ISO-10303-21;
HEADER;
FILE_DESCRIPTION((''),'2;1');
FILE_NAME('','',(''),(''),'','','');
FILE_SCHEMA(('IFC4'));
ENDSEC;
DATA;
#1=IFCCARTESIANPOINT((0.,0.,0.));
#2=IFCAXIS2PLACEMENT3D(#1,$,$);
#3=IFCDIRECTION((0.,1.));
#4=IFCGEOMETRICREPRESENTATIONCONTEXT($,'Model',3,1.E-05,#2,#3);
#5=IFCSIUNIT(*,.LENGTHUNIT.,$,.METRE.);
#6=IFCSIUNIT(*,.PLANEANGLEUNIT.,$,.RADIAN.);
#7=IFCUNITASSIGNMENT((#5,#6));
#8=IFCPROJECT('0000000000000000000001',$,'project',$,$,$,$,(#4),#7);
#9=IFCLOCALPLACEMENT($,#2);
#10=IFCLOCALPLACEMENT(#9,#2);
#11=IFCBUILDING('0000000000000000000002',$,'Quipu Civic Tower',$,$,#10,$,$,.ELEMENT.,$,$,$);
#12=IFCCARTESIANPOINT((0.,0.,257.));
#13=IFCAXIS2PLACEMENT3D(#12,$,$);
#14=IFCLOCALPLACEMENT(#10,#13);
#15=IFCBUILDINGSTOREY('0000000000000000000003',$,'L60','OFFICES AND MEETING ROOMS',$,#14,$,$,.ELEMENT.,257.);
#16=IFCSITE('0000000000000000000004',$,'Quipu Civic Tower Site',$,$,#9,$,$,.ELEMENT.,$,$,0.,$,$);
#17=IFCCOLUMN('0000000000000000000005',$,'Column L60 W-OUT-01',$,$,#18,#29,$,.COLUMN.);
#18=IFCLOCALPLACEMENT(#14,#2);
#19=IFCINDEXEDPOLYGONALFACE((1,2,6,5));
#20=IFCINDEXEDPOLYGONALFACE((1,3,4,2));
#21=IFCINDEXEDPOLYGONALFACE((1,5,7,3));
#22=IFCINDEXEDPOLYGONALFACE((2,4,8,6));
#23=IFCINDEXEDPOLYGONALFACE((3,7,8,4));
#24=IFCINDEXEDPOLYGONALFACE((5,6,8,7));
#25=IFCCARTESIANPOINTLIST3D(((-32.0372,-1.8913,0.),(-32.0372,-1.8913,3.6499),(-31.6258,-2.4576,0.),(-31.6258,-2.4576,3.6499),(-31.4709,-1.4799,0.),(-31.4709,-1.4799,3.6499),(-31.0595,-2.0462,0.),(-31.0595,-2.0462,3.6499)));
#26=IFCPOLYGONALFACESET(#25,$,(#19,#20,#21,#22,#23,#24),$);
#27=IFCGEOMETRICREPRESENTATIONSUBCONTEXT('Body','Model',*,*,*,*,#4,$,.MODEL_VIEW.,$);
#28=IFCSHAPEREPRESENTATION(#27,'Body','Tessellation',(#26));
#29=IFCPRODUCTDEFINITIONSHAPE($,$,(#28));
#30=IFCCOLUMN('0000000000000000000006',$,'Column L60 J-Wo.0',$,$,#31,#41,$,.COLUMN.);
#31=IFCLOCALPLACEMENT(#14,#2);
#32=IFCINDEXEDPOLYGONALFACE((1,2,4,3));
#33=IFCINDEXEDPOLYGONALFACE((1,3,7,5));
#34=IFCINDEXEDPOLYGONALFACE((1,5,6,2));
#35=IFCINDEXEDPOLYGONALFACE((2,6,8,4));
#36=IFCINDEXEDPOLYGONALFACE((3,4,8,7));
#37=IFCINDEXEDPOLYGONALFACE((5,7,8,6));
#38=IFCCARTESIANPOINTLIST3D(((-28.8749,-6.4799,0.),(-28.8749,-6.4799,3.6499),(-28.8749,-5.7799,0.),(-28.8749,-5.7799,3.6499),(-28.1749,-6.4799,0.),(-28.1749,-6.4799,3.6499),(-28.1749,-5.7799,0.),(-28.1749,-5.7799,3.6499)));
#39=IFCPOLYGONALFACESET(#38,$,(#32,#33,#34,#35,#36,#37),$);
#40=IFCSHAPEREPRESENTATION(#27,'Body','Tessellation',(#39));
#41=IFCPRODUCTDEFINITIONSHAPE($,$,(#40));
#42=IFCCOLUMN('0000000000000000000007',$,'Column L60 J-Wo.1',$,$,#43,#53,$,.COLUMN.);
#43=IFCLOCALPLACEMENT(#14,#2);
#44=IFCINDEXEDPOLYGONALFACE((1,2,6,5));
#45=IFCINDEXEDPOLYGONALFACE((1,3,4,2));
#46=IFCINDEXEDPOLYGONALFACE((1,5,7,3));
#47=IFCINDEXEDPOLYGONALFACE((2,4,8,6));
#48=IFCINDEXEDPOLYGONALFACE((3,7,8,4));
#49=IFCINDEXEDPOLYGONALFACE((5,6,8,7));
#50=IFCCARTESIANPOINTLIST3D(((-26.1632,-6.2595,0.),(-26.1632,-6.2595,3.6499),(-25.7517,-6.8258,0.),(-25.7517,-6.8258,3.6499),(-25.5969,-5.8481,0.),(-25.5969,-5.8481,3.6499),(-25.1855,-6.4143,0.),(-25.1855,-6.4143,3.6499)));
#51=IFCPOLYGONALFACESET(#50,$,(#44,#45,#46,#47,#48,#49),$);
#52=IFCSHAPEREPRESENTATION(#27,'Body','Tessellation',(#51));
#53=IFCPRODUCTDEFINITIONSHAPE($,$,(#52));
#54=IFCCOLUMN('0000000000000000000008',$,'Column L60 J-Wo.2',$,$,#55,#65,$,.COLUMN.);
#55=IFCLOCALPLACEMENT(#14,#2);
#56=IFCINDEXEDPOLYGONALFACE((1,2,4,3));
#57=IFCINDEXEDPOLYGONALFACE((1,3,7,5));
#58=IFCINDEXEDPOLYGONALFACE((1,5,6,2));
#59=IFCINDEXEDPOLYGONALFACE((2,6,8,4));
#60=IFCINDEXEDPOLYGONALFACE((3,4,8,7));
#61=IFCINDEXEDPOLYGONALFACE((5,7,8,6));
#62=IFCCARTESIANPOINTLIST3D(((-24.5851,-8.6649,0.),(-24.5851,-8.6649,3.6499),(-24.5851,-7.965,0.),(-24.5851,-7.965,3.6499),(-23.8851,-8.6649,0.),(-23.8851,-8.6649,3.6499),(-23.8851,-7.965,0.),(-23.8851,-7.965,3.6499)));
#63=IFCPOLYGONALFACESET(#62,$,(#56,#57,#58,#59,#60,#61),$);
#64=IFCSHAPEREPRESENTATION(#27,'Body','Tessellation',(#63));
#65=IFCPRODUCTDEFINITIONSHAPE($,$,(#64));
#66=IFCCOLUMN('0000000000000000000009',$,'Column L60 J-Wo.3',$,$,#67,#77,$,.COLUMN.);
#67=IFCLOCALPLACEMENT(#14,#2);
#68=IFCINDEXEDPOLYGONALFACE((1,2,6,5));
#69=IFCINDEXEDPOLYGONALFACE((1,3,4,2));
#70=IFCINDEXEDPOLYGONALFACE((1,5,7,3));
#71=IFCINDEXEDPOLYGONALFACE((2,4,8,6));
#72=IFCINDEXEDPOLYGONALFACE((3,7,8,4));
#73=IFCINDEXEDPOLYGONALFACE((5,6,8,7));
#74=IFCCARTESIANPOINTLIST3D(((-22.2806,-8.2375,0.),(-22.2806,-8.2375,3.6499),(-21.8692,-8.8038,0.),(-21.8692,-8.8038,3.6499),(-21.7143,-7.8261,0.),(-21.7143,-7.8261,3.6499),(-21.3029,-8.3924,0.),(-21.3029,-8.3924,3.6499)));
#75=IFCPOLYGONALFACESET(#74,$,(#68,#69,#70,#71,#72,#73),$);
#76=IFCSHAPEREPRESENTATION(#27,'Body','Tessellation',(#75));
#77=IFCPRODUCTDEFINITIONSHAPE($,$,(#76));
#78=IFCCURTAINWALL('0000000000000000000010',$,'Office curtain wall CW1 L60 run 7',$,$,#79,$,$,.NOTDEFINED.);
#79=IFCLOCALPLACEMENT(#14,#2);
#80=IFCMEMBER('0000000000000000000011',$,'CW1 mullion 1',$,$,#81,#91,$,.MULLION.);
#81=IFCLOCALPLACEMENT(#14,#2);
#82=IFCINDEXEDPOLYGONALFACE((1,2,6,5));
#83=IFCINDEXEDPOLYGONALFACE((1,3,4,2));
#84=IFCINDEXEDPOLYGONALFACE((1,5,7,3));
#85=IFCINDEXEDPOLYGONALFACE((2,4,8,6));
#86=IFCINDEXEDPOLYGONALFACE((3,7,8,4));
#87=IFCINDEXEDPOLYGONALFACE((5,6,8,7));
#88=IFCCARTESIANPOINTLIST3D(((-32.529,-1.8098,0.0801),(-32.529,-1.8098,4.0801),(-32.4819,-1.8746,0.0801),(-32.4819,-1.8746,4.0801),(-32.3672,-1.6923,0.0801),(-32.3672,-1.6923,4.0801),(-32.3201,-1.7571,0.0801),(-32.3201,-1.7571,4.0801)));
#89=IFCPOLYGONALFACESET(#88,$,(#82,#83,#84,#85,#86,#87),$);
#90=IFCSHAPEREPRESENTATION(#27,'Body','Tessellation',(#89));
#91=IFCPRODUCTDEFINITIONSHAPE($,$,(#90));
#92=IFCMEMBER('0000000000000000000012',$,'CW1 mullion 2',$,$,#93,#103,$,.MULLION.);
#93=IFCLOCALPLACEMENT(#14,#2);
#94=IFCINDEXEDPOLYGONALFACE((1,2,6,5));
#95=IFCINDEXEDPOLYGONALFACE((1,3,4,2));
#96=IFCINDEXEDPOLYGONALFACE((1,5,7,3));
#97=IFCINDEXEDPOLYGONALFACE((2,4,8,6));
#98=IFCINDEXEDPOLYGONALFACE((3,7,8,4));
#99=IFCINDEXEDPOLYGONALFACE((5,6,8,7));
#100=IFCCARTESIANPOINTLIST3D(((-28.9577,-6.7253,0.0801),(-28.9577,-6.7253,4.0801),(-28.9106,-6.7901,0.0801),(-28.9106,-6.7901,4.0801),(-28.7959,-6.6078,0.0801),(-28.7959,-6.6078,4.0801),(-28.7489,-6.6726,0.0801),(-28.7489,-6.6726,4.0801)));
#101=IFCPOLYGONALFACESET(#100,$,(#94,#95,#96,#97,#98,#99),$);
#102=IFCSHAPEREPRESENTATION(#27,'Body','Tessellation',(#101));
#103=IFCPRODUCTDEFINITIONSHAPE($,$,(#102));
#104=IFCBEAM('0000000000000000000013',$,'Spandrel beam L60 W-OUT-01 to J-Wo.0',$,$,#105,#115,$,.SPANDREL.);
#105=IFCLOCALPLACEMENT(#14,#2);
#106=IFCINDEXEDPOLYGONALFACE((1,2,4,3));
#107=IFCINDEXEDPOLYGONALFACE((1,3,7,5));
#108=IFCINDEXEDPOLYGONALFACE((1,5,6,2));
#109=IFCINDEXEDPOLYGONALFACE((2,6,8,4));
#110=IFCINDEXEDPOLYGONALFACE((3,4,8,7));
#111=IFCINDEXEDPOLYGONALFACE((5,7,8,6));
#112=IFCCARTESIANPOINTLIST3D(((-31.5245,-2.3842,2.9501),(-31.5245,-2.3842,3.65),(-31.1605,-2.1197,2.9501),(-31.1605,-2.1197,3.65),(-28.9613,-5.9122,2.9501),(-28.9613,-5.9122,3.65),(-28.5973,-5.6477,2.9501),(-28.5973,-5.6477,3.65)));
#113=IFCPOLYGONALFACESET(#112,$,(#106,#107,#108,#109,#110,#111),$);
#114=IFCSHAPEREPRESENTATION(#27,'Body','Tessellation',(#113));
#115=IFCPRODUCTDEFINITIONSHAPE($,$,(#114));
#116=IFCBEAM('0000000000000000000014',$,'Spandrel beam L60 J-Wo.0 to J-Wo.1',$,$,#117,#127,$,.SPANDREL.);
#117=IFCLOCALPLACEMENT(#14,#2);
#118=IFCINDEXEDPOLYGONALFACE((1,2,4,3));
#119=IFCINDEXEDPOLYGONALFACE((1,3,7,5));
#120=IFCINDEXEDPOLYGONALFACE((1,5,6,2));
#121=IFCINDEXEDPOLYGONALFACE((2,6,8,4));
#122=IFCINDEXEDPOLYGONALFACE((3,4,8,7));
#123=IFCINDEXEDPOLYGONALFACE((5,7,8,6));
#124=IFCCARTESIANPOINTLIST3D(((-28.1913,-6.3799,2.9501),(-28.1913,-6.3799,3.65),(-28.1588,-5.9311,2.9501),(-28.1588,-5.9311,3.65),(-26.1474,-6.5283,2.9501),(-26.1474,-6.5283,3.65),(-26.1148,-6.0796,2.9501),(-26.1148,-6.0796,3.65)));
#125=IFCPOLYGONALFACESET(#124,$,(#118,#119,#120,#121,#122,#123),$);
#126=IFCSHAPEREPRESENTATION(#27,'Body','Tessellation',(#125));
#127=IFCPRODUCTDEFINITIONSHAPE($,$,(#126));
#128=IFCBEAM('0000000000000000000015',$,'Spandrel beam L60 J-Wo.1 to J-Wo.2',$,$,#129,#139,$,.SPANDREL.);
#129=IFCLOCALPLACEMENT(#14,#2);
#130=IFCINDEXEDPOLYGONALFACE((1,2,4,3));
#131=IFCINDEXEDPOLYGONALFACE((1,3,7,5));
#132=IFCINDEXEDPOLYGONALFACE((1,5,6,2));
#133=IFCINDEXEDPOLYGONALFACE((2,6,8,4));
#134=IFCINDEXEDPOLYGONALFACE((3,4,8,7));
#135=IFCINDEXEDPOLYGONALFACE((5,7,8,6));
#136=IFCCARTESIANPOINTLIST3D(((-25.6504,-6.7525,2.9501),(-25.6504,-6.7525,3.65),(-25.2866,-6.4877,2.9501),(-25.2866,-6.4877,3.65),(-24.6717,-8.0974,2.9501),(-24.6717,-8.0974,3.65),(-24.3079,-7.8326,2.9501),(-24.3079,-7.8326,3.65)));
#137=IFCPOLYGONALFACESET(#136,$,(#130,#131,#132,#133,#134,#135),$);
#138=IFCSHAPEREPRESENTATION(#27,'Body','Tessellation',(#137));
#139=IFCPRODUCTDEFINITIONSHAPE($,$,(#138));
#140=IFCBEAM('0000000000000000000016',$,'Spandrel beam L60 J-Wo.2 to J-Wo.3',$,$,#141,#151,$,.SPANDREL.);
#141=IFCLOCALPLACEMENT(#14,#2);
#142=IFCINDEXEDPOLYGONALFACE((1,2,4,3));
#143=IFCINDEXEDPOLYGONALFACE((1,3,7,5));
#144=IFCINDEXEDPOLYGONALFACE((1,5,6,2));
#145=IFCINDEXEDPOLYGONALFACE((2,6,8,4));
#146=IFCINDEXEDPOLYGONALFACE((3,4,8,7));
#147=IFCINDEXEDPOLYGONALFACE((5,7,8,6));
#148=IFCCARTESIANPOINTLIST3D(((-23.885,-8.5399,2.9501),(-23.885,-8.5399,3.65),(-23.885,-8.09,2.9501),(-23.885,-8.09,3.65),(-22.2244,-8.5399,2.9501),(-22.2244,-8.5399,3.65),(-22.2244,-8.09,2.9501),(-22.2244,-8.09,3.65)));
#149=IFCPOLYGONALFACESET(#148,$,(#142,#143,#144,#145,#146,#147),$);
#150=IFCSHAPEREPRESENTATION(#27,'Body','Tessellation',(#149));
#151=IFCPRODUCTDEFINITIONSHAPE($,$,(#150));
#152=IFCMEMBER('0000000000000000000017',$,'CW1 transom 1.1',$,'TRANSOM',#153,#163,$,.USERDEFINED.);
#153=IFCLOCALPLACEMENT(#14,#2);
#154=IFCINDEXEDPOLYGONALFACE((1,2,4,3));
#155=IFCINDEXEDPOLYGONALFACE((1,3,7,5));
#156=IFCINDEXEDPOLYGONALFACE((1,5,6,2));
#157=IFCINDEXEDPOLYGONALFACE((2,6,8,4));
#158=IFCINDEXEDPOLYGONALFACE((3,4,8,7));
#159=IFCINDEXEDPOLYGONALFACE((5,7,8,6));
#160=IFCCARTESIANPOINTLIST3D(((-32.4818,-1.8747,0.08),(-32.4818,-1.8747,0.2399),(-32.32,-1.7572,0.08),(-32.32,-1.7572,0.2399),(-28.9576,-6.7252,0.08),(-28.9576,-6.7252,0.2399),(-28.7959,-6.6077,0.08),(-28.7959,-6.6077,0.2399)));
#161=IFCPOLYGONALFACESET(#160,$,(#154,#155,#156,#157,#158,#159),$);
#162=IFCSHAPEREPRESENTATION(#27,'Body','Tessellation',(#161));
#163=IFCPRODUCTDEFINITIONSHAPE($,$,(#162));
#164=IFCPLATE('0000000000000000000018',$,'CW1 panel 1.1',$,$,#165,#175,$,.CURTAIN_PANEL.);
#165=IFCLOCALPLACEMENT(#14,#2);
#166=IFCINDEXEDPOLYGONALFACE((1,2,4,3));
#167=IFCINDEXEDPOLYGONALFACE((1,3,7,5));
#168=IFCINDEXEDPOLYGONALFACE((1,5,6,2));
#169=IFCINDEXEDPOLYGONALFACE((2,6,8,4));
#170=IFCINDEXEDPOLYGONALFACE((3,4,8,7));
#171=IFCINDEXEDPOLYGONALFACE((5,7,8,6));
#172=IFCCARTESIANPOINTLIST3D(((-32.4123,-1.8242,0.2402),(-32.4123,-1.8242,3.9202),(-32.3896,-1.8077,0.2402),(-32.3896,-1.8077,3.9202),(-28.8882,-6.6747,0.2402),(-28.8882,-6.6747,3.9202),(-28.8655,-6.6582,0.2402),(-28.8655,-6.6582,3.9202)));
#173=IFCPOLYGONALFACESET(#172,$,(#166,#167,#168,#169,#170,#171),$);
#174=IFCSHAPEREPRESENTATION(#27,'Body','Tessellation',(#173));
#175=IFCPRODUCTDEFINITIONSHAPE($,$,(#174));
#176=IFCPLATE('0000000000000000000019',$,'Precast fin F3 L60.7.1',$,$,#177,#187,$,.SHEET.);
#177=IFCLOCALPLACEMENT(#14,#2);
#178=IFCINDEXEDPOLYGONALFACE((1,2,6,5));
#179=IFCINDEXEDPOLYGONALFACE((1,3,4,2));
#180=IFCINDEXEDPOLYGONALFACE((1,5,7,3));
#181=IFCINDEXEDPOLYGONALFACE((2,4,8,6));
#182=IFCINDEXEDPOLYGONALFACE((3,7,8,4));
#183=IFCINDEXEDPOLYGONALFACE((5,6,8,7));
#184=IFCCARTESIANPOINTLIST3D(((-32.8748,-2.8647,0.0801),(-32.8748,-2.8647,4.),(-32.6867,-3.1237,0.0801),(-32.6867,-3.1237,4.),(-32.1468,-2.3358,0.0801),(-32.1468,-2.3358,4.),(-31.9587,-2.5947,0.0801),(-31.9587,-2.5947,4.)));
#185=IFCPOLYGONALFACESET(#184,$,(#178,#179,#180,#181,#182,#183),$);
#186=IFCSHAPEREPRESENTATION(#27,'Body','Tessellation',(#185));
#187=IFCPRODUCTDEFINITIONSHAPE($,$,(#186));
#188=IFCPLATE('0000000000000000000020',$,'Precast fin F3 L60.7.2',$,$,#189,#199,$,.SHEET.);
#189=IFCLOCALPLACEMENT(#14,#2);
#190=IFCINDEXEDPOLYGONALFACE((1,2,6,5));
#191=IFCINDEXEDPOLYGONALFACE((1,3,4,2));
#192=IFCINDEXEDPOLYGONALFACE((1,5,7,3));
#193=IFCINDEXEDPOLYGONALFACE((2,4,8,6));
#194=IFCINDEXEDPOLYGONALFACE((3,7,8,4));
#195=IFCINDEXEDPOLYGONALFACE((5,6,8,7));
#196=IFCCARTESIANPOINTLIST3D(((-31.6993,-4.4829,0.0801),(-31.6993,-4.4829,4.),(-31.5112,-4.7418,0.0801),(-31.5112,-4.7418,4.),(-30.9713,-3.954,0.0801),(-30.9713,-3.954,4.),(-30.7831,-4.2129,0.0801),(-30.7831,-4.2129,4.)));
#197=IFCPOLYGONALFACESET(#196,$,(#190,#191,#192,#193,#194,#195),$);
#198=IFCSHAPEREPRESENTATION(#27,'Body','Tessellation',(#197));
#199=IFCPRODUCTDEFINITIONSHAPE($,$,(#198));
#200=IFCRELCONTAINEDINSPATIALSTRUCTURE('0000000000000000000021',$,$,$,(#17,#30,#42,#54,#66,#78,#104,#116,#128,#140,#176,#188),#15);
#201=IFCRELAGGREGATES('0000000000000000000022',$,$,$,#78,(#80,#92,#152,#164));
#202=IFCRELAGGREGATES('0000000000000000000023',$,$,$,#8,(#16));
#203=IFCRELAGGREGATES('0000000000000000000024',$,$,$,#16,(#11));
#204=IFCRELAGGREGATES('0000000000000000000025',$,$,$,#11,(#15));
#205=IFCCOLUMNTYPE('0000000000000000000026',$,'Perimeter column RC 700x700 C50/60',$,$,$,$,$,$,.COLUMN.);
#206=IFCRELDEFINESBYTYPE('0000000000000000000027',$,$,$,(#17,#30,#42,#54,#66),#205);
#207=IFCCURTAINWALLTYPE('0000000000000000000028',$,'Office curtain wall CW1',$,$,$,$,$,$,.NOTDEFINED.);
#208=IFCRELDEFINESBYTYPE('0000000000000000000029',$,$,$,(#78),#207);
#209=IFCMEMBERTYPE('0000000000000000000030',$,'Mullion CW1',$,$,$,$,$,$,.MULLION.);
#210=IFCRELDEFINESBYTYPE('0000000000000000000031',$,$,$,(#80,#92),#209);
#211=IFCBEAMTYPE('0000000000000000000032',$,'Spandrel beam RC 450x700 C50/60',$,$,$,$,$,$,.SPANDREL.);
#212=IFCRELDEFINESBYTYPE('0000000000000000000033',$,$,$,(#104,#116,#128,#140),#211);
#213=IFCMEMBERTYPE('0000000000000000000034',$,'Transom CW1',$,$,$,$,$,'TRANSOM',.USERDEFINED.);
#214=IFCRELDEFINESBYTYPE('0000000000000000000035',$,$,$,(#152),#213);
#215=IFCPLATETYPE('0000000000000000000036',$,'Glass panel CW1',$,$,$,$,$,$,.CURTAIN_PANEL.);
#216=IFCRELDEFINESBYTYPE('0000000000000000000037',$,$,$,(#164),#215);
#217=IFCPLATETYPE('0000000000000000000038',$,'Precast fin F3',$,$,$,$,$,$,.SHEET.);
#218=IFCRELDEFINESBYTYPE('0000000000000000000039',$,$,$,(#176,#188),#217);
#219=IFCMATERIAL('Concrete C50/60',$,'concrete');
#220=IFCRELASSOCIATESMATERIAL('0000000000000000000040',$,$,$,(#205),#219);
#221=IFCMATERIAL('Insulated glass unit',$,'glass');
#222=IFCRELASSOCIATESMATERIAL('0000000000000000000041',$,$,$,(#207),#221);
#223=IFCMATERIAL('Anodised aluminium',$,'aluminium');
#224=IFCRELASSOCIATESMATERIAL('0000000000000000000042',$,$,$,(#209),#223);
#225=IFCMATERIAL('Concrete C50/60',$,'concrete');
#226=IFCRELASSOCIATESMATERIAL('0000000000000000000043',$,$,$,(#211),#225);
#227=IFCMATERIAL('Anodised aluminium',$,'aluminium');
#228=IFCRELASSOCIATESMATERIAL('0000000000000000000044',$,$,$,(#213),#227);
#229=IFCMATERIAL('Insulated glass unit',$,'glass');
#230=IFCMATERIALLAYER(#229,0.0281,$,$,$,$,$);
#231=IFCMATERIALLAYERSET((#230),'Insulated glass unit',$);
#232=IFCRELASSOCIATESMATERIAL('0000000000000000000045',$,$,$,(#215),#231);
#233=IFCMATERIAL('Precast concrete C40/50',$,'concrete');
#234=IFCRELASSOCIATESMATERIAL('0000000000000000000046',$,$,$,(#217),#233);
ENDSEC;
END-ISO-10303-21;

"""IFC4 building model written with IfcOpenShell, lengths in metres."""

from ifc_helpers import new_model, si_unit, direction, frame, origin, origin_2d, place, context, subcontext, project, spatial, rectangle, extrude, material, layer, layer_set, material_profile, profile_set, type_object, element, aggregate, save


model = new_model("IFC4")

# Units and contexts
model_context = context("Model", 3, precision=1e-05, world=origin(), true_north=direction((0.0, 1.0)))
body_context = subcontext(model_context, "Body", "Model", "MODEL_VIEW")
ifc_project = project(units=[si_unit("LENGTHUNIT", "METRE"), si_unit("PLANEANGLEUNIT", "RADIAN")], contexts=[model_context])

# Site, building, storey
site_placement = place(None, origin())
site = spatial("IfcSite", under=ifc_project, at=site_placement, Name="Quipu Civic Tower Site", CompositionType="ELEMENT", RefElevation=0.0)
building_placement = place(site_placement, origin())
building = spatial("IfcBuilding", under=site, at=building_placement, Name="Quipu Civic Tower", CompositionType="ELEMENT")
storey_placement = place(building_placement, frame((0.0, 0.0, 257.0)))
storey = spatial("IfcBuildingStorey", under=building, at=storey_placement, Name="L60", Description="OFFICES AND MEETING ROOMS", CompositionType="ELEMENT", Elevation=257.0)

# Columns
ifc_material_1 = material(Name="Concrete C50/60", Category="concrete")
ifc_material_profile_1 = material_profile(ifc_material_1, rectangle(XDim=0.7, YDim=0.7, at=origin_2d()), Name="RC700x700")
ifc_profile_set_1 = profile_set([ifc_material_profile_1], Name="Concrete C50/60")
column_type = type_object("IfcColumnType", Name="Perimeter column RC 700x700 C50/60", PredefinedType="COLUMN", material=ifc_profile_set_1)
for number, where, z_axis, x_axis, name in (
    (1, (-31.5483, -1.9688, 0.0), (0.0, 0.0, 1.0), (0.587785, -0.809017, 0.0), "Column L60 W-OUT-01"),
    (2, (-28.5249, -6.1299, 0.0), (0.0, 0.0, 1.0), (1.0, 0.0, 0.0), "Column L60 J-Wo.0"),
    (3, (-25.6743, -6.3369, 0.0), (0.0, 0.0, 1.0), (0.587785, -0.809017, 0.0), "Column L60 J-Wo.1"),
    (4, (-24.2351, -8.3149, 0.0), (0.0, 0.0, 1.0), (1.0, 0.0, 0.0), "Column L60 J-Wo.2"),
    (5, (-21.7917, -8.3149, 0.0), (0.0, 0.0, 1.0), (0.587785, -0.809017, 0.0), "Column L60 J-Wo.3"),
):
    element("IfcColumn", number, at=place(storey_placement, frame(where, z_axis=z_axis, x_axis=x_axis)), inside=storey, type_object=column_type, Name=name, PredefinedType="COLUMN", context=body_context, shape_type="SweptSolid", body=[
        extrude(rectangle(XDim=0.7, YDim=0.7, at=origin_2d()), origin(), (0.0, 0.0, 1.0), 3.6499),
    ])

# Curtain wall, members
ifc_material_2 = material(Name="Insulated glass unit", Category="glass")
curtain_wall_type = type_object("IfcCurtainWallType", Name="Office curtain wall CW1", PredefinedType="NOTDEFINED", material=ifc_material_2)
curtain_wall_placement = place(storey_placement, origin())
curtain_wall = element("IfcCurtainWall", 6, at=curtain_wall_placement, inside=storey, type_object=curtain_wall_type, Name="Office curtain wall CW1 L60 run 7", PredefinedType="NOTDEFINED")
ifc_material_3 = material(Name="Anodised aluminium", Category="aluminium")
ifc_material_profile_2 = material_profile(ifc_material_3, rectangle(XDim=0.2, YDim=0.0801, at=origin_2d()), Name="RECT 200x80")
ifc_profile_set_2 = profile_set([ifc_material_profile_2], Name="Anodised aluminium")
member_type_1 = type_object("IfcMemberType", Name="Mullion CW1", PredefinedType="MULLION", material=ifc_profile_set_2)
member_1_placement = place(storey_placement, frame((-32.4246, -1.7834, 0.0801), z_axis=(0.0, 0.0, 1.0), x_axis=(0.809021, 0.587779, 0.0)))
member_1 = element("IfcMember", 7, at=member_1_placement, type_object=member_type_1, Name="CW1 mullion 1", PredefinedType="MULLION", context=body_context, shape_type="SweptSolid", body=[
    extrude(rectangle(XDim=0.2, YDim=0.0801, at=origin_2d()), origin(), (0.0, 0.0, 1.0), 4.0),
])
member_2_placement = place(storey_placement, frame((-28.8533, -6.699, 0.0801), z_axis=(0.0, 0.0, 1.0), x_axis=(0.809021, 0.587779, 0.0)))
member_2 = element("IfcMember", 8, at=member_2_placement, type_object=member_type_1, Name="CW1 mullion 2", PredefinedType="MULLION", context=body_context, shape_type="SweptSolid", body=[
    extrude(rectangle(XDim=0.2, YDim=0.0801, at=origin_2d()), origin(), (0.0, 0.0, 1.0), 4.0),
])

# Beams
ifc_material_4 = material(Name="Concrete C50/60", Category="concrete")
ifc_material_profile_3 = material_profile(ifc_material_4, rectangle(XDim=0.45, YDim=0.7, at=origin_2d()), Name="RC450x700")
ifc_profile_set_3 = profile_set([ifc_material_profile_3], Name="Concrete C50/60")
beam_type = type_object("IfcBeamType", Name="Spandrel beam RC 450x700 C50/60", PredefinedType="SPANDREL", material=ifc_profile_set_3)
beam_1_placement = place(storey_placement, frame((-31.3425, -2.252, 3.3), z_axis=(0.587776, -0.809024, 0.0), x_axis=(0.809024, 0.587776, 0.0)))
element("IfcBeam", 9, at=beam_1_placement, inside=storey, type_object=beam_type, Name="Spandrel beam L60 W-OUT-01 to J-Wo.0", PredefinedType="SPANDREL", context=body_context, shape_type="SweptSolid", body=[
    extrude(rectangle(XDim=0.45, YDim=0.7, at=origin_2d()), origin(), (0.0, 0.0, 1.0), 4.3608),
])
beam_2_placement = place(storey_placement, frame((-28.175, -6.1555, 3.3), z_axis=(0.997373, -0.072432, 0.0), x_axis=(0.072432, 0.997373, 0.0)))
element("IfcBeam", 10, at=beam_2_placement, inside=storey, type_object=beam_type, Name="Spandrel beam L60 J-Wo.0 to J-Wo.1", PredefinedType="SPANDREL", context=body_context, shape_type="SweptSolid", body=[
    extrude(rectangle(XDim=0.45, YDim=0.7, at=origin_2d()), origin(), (0.0, 0.0, 1.0), 2.0493),
])
beam_3_placement = place(storey_placement, frame((-25.4685, -6.6201, 3.3), z_axis=(0.588407, -0.808565, 0.0), x_axis=(0.808565, 0.588407, 0.0)))
element("IfcBeam", 11, at=beam_3_placement, inside=storey, type_object=beam_type, Name="Spandrel beam L60 J-Wo.1 to J-Wo.2", PredefinedType="SPANDREL", context=body_context, shape_type="SweptSolid", body=[
    extrude(rectangle(XDim=0.45, YDim=0.7, at=origin_2d()), origin(), (0.0, 0.0, 1.0), 1.6633),
])
beam_4_placement = place(storey_placement, frame((-23.885, -8.3149, 3.3), z_axis=(1.0, 0.0, 0.0), x_axis=(0.0, 1.0, 0.0)))
element("IfcBeam", 12, at=beam_4_placement, inside=storey, type_object=beam_type, Name="Spandrel beam L60 J-Wo.2 to J-Wo.3", PredefinedType="SPANDREL", context=body_context, shape_type="SweptSolid", body=[
    extrude(rectangle(XDim=0.45, YDim=0.7, at=origin_2d()), origin(), (0.0, 0.0, 1.0), 1.6606),
])

# Member
ifc_material_5 = material(Name="Anodised aluminium", Category="aluminium")
ifc_material_profile_4 = material_profile(ifc_material_5, rectangle(XDim=0.2, YDim=0.1599, at=origin_2d()), Name="RECT 200x160")
ifc_profile_set_4 = profile_set([ifc_material_profile_4], Name="Anodised aluminium")
member_type_2 = type_object("IfcMemberType", Name="Transom CW1", ElementType="TRANSOM", PredefinedType="USERDEFINED", material=ifc_profile_set_4)
member_3_placement = place(storey_placement, frame((-32.4009, -1.8159, 0.1599), z_axis=(0.587787, -0.809016, 0.0), x_axis=(0.809016, 0.587787, 0.0)))
member_3 = element("IfcMember", 13, at=member_3_placement, type_object=member_type_2, Name="CW1 transom 1.1", ObjectType="TRANSOM", PredefinedType="USERDEFINED", context=body_context, shape_type="SweptSolid", body=[
    extrude(rectangle(XDim=0.2, YDim=0.1599, at=origin_2d()), origin(), (0.0, 0.0, 1.0), 5.9956),
])

# Plate
ifc_material_6 = material(Name="Insulated glass unit", Category="glass")
ifc_layer = layer(ifc_material_6, 0.0281)
ifc_layer_set = layer_set([ifc_layer], Name="Insulated glass unit")
plate_type_1 = type_object("IfcPlateType", Name="Glass panel CW1", PredefinedType="CURTAIN_PANEL", material=ifc_layer_set)
plate_placement = place(storey_placement, frame((-30.6389, -4.2412, 0.2402), z_axis=(0.0, 0.0, 1.0), x_axis=(0.587779, -0.809021, 0.0)))
plate = element("IfcPlate", 14, at=plate_placement, type_object=plate_type_1, Name="CW1 panel 1.1", PredefinedType="CURTAIN_PANEL", context=body_context, shape_type="SweptSolid", body=[
    extrude(rectangle(XDim=5.9956, YDim=0.0281, at=origin_2d()), origin(), (0.0, 0.0, 1.0), 3.6799),
])
aggregate(curtain_wall, [member_1, member_2, member_3, plate])

# Plates
ifc_material_7 = material(Name="Precast concrete C40/50", Category="concrete")
plate_type_2 = type_object("IfcPlateType", Name="Precast fin F3", PredefinedType="SHEET", material=ifc_material_7)
for number, where, z_axis, x_axis, name in (
    (15, (-32.4167, -2.7297, 0.0801), (0.0, 0.0, 1.0), (0.58778, -0.80902, 0.0), "Precast fin F3 L60.7.1"),
    (16, (-31.2412, -4.3479, 0.0801), (0.0, 0.0, 1.0), (0.58778, -0.80902, 0.0), "Precast fin F3 L60.7.2"),
):
    element("IfcPlate", number, at=place(storey_placement, frame(where, z_axis=z_axis, x_axis=x_axis)), inside=storey, type_object=plate_type_2, Name=name, PredefinedType="SHEET", context=body_context, shape_type="SweptSolid", body=[
        extrude(rectangle(XDim=0.3201, YDim=0.8999, at=origin_2d()), origin(), (0.0, 0.0, 1.0), 3.9199),
    ])

save(model, "model.ifc")
